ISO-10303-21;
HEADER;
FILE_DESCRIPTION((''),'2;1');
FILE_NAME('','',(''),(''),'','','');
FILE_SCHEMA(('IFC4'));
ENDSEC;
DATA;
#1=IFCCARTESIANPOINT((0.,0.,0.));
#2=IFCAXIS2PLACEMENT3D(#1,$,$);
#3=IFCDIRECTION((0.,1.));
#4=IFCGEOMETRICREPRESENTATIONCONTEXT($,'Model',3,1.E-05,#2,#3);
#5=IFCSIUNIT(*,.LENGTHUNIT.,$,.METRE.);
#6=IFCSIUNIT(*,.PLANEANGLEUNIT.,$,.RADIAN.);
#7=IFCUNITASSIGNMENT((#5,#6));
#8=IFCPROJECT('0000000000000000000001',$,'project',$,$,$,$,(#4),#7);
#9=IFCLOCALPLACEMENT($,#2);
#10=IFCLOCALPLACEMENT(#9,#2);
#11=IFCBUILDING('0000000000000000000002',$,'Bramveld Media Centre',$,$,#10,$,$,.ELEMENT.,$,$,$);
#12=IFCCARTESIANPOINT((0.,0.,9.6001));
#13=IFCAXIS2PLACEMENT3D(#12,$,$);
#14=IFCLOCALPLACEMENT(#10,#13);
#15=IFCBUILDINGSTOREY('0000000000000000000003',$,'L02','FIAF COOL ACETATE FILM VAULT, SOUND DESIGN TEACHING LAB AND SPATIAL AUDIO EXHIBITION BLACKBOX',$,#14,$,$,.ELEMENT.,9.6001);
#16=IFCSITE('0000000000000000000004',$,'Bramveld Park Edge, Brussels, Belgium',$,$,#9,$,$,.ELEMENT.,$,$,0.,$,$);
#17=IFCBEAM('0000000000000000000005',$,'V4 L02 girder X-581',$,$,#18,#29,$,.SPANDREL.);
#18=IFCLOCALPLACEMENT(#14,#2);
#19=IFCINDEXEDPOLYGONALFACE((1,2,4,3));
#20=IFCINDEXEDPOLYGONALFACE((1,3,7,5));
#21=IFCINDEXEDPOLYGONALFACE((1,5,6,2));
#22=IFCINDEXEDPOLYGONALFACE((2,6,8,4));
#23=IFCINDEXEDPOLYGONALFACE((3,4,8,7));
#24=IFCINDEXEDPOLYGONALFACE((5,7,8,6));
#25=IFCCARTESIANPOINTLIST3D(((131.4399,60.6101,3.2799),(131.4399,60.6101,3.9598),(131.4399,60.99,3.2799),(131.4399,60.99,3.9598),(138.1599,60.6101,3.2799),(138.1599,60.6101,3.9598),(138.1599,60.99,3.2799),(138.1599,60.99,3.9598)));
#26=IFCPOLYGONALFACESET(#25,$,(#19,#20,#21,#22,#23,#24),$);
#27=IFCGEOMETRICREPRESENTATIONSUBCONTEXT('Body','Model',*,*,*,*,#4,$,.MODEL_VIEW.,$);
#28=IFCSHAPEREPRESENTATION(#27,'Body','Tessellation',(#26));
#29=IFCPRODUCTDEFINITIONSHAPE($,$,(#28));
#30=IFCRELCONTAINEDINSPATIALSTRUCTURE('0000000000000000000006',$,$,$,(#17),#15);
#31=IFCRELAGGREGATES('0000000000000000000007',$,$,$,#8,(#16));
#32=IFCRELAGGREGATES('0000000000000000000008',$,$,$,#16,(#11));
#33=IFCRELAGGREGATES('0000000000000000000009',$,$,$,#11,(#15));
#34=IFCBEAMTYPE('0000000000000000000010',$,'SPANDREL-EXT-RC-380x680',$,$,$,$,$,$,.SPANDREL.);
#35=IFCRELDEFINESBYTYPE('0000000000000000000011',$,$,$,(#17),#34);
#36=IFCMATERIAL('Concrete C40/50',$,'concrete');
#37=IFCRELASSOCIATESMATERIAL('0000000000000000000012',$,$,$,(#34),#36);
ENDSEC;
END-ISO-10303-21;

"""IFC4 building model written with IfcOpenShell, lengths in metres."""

from ifc_helpers import new_model, si_unit, direction, frame, origin, origin_2d, place, context, subcontext, project, spatial, rectangle, extrude, material, material_profile, profile_set, type_object, element, save


model = new_model("IFC4")

# Units and contexts
model_context = context("Model", 3, precision=1e-05, world=origin(), true_north=direction((0.0, 1.0)))
body_context = subcontext(model_context, "Body", "Model", "MODEL_VIEW")
ifc_project = project(units=[si_unit("LENGTHUNIT", "METRE"), si_unit("PLANEANGLEUNIT", "RADIAN")], contexts=[model_context])

# Site, building, storey
site_placement = place(None, origin())
site = spatial("IfcSite", under=ifc_project, at=site_placement, Name="Bramveld Park Edge, Brussels, Belgium", CompositionType="ELEMENT", RefElevation=0.0)
building_placement = place(site_placement, origin())
building = spatial("IfcBuilding", under=site, at=building_placement, Name="Bramveld Media Centre", CompositionType="ELEMENT")
storey_placement = place(building_placement, frame((0.0, 0.0, 9.6001)))
storey = spatial("IfcBuildingStorey", under=building, at=storey_placement, Name="L02", Description="FIAF COOL ACETATE FILM VAULT, SOUND DESIGN TEACHING LAB AND SPATIAL AUDIO EXHIBITION BLACKBOX", CompositionType="ELEMENT", Elevation=9.6001)

# Beam
ifc_material_1 = material(Name="Concrete C40/50", Category="concrete")
ifc_material_profile_1 = material_profile(ifc_material_1, rectangle(XDim=0.3799, YDim=0.6799, at=origin_2d()), Name="RC 380x680")
ifc_profile_set_1 = profile_set([ifc_material_profile_1], Name="Concrete C40/50")
beam_type_1 = type_object("IfcBeamType", Name="SPANDREL-EXT-RC-380x680", PredefinedType="SPANDREL", material=ifc_profile_set_1)
beam_1_placement = place(storey_placement, frame((131.4399, 60.8, 3.6199), z_axis=(1.0, 0.0, 0.0), x_axis=(0.0, 1.0, 0.0)))
element("IfcBeam", 1, at=beam_1_placement, inside=storey, type_object=beam_type_1, Name="V4 L02 girder X-581", PredefinedType="SPANDREL", context=body_context, shape_type="SweptSolid", body=[
    extrude(rectangle(XDim=0.3799, YDim=0.6799, at=origin_2d()), origin(), (0.0, 0.0, 1.0), 6.72),
])

save(model, "model.ifc")
